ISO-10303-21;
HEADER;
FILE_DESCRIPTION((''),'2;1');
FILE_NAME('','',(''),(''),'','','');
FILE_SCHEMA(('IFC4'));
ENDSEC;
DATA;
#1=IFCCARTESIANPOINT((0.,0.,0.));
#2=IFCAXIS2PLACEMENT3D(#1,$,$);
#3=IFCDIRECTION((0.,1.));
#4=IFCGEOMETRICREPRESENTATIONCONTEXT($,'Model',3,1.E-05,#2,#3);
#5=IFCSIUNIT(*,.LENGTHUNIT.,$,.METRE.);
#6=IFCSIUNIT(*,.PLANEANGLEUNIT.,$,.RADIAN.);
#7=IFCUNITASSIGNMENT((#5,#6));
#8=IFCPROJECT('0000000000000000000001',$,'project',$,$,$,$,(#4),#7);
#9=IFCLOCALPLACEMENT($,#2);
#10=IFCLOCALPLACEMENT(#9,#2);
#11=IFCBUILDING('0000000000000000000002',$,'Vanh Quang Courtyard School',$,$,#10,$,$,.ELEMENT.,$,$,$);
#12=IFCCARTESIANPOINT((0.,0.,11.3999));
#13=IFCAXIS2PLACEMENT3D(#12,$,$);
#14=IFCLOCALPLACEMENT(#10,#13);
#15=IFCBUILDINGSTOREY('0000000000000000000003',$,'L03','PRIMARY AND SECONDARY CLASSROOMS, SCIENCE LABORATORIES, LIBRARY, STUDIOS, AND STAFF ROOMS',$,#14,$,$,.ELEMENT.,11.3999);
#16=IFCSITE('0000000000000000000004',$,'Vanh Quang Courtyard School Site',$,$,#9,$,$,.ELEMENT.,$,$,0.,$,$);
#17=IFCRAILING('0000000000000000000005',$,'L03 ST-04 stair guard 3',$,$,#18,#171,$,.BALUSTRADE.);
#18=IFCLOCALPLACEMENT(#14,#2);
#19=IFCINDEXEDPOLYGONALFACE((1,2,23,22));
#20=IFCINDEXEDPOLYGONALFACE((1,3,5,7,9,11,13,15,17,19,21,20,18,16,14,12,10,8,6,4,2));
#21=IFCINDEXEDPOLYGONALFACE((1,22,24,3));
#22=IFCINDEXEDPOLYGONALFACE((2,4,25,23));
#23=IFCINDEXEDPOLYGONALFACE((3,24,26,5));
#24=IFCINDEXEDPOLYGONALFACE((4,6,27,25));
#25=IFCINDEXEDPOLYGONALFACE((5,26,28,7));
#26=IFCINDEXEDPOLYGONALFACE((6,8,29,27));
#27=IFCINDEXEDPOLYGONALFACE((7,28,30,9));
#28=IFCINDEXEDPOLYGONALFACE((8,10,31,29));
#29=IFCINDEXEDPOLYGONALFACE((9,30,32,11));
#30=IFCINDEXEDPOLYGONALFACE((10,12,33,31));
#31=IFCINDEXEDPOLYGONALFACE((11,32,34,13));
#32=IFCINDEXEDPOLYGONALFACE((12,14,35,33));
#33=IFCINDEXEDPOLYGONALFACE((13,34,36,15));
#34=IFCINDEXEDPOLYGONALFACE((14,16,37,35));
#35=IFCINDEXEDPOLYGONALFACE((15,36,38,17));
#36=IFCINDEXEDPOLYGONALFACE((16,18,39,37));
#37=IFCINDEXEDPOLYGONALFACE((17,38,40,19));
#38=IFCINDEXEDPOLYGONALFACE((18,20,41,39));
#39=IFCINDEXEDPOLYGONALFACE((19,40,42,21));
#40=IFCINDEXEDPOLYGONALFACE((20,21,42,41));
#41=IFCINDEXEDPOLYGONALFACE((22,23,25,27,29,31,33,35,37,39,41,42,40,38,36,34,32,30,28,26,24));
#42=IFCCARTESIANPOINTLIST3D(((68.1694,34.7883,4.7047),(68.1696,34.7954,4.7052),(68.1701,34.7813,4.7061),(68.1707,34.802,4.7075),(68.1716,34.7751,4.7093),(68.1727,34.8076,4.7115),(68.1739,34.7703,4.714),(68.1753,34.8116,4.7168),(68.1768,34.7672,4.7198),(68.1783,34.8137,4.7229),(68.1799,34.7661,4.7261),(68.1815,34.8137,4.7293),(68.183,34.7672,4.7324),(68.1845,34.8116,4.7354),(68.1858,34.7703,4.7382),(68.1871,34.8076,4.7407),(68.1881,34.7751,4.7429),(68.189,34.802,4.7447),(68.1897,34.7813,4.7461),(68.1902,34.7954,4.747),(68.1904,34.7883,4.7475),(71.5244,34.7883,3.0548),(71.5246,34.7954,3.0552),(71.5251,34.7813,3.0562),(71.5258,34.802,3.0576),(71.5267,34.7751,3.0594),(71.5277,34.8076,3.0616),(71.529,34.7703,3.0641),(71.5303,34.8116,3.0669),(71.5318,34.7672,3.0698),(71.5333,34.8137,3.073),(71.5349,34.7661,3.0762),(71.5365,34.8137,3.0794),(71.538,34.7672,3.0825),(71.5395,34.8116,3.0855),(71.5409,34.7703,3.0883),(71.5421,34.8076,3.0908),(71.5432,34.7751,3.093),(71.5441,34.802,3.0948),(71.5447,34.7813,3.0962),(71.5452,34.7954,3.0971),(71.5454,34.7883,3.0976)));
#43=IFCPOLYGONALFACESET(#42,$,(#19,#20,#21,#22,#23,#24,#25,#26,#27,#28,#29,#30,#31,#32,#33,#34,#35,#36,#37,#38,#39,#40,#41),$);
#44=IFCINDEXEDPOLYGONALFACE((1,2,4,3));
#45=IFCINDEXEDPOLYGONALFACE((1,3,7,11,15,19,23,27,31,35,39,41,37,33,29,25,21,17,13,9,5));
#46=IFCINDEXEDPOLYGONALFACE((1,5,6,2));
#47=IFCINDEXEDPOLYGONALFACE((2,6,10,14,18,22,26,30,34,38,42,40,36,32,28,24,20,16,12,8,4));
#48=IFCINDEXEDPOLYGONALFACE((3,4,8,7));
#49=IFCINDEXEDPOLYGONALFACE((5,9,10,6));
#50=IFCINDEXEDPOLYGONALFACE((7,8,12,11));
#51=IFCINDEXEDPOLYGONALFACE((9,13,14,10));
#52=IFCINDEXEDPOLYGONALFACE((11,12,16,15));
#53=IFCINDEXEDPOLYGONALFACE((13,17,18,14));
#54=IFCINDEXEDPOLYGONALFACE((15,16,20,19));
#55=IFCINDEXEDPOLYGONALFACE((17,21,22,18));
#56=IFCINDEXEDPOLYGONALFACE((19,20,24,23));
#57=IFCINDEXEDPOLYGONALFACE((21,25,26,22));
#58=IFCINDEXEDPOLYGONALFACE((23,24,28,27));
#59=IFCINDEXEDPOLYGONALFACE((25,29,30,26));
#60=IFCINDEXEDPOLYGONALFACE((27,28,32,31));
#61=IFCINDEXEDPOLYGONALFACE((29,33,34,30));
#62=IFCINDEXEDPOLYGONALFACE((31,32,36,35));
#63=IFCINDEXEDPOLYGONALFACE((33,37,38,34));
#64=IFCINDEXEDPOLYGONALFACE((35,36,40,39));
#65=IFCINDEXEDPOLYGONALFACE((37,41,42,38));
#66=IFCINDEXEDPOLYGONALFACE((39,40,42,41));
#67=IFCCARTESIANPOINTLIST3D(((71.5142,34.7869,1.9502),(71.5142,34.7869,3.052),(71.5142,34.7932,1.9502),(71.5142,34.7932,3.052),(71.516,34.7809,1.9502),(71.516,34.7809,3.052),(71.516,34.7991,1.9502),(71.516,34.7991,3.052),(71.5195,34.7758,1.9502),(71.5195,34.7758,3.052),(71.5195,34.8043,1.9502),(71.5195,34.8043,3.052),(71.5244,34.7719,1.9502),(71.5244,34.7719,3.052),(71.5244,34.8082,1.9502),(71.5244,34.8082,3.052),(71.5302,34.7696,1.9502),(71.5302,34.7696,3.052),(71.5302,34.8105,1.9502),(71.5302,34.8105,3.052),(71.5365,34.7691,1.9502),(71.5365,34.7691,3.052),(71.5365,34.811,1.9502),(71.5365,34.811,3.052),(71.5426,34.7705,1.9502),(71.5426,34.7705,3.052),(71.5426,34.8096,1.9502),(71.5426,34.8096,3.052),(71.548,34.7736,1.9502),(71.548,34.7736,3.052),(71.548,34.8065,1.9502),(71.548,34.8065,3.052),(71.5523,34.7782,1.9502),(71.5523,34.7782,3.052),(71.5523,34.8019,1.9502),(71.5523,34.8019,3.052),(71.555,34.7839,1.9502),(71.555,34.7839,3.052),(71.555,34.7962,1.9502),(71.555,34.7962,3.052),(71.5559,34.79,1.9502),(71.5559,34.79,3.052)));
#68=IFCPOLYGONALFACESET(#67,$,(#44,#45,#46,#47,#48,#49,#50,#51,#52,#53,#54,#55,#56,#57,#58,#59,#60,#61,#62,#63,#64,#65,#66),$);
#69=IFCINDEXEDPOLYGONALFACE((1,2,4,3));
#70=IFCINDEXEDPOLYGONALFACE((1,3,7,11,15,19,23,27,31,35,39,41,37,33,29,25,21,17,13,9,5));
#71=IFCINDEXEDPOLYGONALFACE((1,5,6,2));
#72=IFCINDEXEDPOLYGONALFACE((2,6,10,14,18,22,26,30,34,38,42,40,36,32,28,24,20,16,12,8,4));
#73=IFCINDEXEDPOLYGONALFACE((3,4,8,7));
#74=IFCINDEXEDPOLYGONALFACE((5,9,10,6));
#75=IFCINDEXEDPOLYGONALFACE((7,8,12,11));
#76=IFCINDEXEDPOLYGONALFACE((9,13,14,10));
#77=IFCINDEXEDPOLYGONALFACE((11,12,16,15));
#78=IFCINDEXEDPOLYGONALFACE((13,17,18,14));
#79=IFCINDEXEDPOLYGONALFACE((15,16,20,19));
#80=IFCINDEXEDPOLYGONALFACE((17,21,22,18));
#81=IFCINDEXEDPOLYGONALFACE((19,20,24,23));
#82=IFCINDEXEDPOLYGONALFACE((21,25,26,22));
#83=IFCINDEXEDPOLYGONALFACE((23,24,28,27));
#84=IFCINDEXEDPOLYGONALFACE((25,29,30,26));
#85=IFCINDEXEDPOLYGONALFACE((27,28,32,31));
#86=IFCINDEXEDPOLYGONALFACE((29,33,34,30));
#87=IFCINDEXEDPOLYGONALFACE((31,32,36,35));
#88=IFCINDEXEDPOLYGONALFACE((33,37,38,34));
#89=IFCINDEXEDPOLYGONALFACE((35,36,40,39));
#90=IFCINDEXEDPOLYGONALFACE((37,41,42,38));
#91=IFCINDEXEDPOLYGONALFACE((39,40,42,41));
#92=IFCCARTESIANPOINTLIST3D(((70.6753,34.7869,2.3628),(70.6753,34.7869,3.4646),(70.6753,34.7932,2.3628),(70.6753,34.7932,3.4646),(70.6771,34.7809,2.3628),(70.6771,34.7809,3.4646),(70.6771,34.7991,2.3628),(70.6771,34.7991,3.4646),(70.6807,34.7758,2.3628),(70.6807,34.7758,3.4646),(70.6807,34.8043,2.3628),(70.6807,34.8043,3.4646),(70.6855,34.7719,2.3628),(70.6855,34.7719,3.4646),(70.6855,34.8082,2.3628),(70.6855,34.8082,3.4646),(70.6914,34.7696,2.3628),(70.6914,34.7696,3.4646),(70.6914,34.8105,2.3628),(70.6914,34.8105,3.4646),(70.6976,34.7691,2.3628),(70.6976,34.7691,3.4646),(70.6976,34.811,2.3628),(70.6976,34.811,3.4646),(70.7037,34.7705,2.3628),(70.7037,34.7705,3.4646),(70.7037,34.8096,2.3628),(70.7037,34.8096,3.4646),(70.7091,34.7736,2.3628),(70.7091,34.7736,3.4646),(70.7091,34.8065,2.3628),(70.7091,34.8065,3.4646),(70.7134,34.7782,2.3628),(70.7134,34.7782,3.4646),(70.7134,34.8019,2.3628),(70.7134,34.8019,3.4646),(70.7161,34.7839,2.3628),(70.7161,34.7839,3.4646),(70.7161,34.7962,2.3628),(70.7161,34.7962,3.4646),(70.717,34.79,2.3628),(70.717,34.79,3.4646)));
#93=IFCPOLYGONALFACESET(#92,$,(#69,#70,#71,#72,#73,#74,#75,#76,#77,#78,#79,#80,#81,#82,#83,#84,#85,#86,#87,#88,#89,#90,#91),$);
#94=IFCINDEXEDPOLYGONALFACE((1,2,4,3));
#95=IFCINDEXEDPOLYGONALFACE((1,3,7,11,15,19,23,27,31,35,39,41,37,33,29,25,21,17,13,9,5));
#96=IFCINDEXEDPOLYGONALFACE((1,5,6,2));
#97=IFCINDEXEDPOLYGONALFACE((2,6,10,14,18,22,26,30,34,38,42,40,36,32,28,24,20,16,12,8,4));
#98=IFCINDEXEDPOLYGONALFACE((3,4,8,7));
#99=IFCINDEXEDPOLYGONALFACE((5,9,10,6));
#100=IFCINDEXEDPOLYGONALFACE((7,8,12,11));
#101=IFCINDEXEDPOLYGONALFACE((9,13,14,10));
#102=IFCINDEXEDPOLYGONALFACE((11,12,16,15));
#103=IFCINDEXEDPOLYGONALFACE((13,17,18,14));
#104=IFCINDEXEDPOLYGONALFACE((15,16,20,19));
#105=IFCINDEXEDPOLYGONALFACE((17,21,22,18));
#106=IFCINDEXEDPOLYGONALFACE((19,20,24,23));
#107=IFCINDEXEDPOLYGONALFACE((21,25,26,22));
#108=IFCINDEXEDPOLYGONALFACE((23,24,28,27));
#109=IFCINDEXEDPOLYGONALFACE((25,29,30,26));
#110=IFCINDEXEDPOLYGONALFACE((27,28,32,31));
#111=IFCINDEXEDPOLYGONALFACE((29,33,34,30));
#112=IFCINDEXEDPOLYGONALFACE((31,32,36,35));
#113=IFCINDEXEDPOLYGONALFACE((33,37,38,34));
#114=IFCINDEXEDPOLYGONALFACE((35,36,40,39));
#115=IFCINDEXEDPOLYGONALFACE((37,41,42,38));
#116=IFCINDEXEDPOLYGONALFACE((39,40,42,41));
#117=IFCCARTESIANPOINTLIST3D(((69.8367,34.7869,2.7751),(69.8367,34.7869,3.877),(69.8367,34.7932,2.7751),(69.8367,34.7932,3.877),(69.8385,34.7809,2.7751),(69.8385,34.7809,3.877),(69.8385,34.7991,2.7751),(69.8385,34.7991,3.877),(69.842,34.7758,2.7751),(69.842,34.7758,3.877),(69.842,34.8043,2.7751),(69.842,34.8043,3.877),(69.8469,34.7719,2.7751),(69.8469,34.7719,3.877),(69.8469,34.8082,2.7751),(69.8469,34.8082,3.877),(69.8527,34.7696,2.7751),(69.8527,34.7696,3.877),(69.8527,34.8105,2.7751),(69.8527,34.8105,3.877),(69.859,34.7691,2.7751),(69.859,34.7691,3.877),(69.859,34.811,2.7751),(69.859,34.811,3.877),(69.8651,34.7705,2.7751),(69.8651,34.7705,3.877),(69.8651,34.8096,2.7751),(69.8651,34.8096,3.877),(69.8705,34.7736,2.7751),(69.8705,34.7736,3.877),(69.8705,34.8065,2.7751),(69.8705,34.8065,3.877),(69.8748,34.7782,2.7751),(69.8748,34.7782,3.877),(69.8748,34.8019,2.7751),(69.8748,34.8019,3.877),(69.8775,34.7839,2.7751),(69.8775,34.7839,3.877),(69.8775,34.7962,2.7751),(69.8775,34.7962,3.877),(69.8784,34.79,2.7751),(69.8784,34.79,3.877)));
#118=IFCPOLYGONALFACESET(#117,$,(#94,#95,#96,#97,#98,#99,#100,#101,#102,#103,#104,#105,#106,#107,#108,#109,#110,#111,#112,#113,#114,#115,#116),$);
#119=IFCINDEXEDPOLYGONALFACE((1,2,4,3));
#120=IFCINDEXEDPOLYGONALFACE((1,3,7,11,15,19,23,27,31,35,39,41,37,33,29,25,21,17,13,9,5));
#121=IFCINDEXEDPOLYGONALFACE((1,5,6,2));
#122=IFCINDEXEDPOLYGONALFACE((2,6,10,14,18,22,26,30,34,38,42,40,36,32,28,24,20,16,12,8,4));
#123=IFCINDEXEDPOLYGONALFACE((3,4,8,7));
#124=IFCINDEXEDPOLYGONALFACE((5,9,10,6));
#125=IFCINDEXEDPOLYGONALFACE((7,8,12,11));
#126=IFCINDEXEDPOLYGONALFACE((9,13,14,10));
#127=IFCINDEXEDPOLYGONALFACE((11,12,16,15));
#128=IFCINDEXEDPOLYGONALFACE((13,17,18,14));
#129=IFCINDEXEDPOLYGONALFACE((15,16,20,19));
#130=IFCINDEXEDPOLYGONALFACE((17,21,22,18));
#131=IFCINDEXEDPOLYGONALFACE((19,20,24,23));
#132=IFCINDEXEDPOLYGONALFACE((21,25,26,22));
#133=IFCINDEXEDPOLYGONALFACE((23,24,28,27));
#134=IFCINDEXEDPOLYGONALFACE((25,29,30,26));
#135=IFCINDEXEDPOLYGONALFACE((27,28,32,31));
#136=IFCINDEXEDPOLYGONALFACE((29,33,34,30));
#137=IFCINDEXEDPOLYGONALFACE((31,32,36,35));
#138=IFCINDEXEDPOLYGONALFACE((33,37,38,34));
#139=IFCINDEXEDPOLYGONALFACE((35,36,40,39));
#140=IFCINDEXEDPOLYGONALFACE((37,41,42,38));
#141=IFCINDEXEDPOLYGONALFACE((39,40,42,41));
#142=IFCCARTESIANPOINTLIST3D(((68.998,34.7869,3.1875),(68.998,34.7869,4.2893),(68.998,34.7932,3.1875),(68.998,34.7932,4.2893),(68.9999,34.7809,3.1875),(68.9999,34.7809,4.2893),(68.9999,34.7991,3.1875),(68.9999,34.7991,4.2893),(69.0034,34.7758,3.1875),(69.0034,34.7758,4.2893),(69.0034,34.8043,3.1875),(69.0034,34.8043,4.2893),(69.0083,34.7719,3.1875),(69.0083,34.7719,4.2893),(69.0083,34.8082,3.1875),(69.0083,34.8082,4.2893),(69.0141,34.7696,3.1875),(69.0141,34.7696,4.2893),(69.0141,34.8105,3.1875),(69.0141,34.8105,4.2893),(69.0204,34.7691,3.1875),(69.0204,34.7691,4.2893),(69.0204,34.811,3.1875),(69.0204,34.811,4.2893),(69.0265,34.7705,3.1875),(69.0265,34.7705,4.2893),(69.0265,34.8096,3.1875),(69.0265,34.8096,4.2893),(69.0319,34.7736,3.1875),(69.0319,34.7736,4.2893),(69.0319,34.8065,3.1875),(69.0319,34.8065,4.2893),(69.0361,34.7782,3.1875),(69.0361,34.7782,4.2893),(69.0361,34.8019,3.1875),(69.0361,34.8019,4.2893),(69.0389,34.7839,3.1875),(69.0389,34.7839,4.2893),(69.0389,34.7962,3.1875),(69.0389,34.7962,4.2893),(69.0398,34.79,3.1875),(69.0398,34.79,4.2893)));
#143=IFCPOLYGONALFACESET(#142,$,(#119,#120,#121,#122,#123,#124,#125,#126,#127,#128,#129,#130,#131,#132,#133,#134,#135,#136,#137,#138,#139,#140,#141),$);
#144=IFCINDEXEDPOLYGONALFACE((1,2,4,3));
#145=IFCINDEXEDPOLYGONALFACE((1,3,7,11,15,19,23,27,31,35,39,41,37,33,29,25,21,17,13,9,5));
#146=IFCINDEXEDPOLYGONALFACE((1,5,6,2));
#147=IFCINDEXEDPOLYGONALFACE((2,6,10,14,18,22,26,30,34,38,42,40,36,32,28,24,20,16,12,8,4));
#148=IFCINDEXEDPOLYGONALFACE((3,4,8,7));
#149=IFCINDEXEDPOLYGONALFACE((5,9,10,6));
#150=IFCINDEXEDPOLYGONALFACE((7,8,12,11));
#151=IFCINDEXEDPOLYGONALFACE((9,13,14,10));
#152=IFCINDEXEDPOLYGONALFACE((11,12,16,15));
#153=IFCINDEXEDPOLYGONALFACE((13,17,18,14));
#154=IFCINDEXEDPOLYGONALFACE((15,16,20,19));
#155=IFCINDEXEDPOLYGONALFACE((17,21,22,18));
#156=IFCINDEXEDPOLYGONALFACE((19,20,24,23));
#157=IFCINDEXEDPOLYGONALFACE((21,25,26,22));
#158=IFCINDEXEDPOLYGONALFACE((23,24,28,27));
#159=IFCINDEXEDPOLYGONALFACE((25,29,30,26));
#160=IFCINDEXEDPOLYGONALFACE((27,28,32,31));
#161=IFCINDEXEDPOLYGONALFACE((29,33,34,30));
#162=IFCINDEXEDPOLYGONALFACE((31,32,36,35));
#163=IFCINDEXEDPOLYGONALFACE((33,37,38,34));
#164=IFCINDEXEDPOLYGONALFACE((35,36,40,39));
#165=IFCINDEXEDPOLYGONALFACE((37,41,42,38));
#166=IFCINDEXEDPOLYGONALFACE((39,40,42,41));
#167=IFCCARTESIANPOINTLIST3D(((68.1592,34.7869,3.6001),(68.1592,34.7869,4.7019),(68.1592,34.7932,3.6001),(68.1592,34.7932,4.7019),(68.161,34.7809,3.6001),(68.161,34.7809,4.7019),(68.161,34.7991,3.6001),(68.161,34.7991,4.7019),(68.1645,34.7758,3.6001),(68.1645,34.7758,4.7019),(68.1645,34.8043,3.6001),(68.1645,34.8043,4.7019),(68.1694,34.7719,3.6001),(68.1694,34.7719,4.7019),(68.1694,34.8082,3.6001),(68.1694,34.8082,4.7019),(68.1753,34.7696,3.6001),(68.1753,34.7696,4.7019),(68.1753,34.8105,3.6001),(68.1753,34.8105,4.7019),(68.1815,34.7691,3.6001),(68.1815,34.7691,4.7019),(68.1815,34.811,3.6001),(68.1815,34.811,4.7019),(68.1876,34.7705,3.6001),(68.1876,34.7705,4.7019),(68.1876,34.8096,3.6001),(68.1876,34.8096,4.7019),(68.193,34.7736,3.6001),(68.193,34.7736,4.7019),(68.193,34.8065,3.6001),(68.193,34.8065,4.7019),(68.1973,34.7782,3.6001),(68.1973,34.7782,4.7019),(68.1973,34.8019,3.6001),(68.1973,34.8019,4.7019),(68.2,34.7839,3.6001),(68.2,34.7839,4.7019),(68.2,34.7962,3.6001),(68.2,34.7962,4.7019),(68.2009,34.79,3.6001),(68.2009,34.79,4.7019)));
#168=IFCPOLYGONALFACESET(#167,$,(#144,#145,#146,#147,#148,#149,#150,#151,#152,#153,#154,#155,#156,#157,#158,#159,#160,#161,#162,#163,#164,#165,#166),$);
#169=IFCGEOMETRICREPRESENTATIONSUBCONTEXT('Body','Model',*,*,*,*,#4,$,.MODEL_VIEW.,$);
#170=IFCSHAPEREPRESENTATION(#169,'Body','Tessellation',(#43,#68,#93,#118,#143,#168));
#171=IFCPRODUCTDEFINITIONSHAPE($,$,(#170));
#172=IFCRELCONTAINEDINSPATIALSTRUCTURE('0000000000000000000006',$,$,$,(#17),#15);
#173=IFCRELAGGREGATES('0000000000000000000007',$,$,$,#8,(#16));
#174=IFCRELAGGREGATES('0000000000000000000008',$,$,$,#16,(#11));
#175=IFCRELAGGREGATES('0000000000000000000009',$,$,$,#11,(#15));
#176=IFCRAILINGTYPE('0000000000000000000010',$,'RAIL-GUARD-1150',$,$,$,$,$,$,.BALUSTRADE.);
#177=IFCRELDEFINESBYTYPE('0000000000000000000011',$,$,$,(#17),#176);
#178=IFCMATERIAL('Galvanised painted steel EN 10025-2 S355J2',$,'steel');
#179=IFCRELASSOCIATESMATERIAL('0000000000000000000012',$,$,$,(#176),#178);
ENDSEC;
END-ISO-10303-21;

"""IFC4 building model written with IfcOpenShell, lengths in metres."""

from ifc_helpers import new_model, si_unit, direction, frame, origin, origin_2d, place, context, subcontext, project, spatial, circle, extrude, material, type_object, element, save


model = new_model("IFC4")

# Units and contexts
model_context = context("Model", 3, precision=1e-05, world=origin(), true_north=direction((0.0, 1.0)))
body_context = subcontext(model_context, "Body", "Model", "MODEL_VIEW")
ifc_project = project(units=[si_unit("LENGTHUNIT", "METRE"), si_unit("PLANEANGLEUNIT", "RADIAN")], contexts=[model_context])

# Site, building, storey
site_placement = place(None, origin())
site = spatial("IfcSite", under=ifc_project, at=site_placement, Name="Vanh Quang Courtyard School Site", CompositionType="ELEMENT", RefElevation=0.0)
building_placement = place(site_placement, origin())
building = spatial("IfcBuilding", under=site, at=building_placement, Name="Vanh Quang Courtyard School", CompositionType="ELEMENT")
storey_placement = place(building_placement, frame((0.0, 0.0, 11.3999)))
storey = spatial("IfcBuildingStorey", under=building, at=storey_placement, Name="L03", Description="PRIMARY AND SECONDARY CLASSROOMS, SCIENCE LABORATORIES, LIBRARY, STUDIOS, AND STAFF ROOMS", CompositionType="ELEMENT", Elevation=11.3999)

# Railing
ifc_material_1 = material(Name="Galvanised painted steel EN 10025-2 S355J2", Category="steel")
railing_type_1 = type_object("IfcRailingType", Name="RAIL-GUARD-1150", PredefinedType="BALUSTRADE", material=ifc_material_1)
railing_1_placement = place(storey_placement, frame((71.5349, 34.79, 1.9502)))
element("IfcRailing", 1, at=railing_1_placement, inside=storey, type_object=railing_type_1, Name="L03 ST-04 stair guard 3", PredefinedType="BALUSTRADE", context=body_context, shape_type="SweptSolid", body=[
    extrude(circle(Radius=0.0239, at=origin_2d()), frame((0.0, 0.0, 1.126), z_axis=(-0.897359, 0.0, 0.441301), x_axis=(0.0, -1.0, 0.0)), (0.0, 0.0, 1.0), 3.7388),
    extrude(circle(Radius=0.021, at=origin_2d()), origin(), (0.0, 0.0, 1.0), 1.1018),
    extrude(circle(Radius=0.021, at=origin_2d()), frame((-0.8389, 0.0, 0.4126)), (0.0, 0.0, 1.0), 1.1018),
    extrude(circle(Radius=0.021, at=origin_2d()), frame((-1.6775, 0.0, 0.825)), (0.0, 0.0, 1.0), 1.1018),
    extrude(circle(Radius=0.021, at=origin_2d()), frame((-2.5161, 0.0, 1.2373)), (0.0, 0.0, 1.0), 1.1018),
    extrude(circle(Radius=0.021, at=origin_2d()), frame((-3.355, 0.0, 1.6499)), (0.0, 0.0, 1.0), 1.1018),
])

save(model, "model.ifc")
